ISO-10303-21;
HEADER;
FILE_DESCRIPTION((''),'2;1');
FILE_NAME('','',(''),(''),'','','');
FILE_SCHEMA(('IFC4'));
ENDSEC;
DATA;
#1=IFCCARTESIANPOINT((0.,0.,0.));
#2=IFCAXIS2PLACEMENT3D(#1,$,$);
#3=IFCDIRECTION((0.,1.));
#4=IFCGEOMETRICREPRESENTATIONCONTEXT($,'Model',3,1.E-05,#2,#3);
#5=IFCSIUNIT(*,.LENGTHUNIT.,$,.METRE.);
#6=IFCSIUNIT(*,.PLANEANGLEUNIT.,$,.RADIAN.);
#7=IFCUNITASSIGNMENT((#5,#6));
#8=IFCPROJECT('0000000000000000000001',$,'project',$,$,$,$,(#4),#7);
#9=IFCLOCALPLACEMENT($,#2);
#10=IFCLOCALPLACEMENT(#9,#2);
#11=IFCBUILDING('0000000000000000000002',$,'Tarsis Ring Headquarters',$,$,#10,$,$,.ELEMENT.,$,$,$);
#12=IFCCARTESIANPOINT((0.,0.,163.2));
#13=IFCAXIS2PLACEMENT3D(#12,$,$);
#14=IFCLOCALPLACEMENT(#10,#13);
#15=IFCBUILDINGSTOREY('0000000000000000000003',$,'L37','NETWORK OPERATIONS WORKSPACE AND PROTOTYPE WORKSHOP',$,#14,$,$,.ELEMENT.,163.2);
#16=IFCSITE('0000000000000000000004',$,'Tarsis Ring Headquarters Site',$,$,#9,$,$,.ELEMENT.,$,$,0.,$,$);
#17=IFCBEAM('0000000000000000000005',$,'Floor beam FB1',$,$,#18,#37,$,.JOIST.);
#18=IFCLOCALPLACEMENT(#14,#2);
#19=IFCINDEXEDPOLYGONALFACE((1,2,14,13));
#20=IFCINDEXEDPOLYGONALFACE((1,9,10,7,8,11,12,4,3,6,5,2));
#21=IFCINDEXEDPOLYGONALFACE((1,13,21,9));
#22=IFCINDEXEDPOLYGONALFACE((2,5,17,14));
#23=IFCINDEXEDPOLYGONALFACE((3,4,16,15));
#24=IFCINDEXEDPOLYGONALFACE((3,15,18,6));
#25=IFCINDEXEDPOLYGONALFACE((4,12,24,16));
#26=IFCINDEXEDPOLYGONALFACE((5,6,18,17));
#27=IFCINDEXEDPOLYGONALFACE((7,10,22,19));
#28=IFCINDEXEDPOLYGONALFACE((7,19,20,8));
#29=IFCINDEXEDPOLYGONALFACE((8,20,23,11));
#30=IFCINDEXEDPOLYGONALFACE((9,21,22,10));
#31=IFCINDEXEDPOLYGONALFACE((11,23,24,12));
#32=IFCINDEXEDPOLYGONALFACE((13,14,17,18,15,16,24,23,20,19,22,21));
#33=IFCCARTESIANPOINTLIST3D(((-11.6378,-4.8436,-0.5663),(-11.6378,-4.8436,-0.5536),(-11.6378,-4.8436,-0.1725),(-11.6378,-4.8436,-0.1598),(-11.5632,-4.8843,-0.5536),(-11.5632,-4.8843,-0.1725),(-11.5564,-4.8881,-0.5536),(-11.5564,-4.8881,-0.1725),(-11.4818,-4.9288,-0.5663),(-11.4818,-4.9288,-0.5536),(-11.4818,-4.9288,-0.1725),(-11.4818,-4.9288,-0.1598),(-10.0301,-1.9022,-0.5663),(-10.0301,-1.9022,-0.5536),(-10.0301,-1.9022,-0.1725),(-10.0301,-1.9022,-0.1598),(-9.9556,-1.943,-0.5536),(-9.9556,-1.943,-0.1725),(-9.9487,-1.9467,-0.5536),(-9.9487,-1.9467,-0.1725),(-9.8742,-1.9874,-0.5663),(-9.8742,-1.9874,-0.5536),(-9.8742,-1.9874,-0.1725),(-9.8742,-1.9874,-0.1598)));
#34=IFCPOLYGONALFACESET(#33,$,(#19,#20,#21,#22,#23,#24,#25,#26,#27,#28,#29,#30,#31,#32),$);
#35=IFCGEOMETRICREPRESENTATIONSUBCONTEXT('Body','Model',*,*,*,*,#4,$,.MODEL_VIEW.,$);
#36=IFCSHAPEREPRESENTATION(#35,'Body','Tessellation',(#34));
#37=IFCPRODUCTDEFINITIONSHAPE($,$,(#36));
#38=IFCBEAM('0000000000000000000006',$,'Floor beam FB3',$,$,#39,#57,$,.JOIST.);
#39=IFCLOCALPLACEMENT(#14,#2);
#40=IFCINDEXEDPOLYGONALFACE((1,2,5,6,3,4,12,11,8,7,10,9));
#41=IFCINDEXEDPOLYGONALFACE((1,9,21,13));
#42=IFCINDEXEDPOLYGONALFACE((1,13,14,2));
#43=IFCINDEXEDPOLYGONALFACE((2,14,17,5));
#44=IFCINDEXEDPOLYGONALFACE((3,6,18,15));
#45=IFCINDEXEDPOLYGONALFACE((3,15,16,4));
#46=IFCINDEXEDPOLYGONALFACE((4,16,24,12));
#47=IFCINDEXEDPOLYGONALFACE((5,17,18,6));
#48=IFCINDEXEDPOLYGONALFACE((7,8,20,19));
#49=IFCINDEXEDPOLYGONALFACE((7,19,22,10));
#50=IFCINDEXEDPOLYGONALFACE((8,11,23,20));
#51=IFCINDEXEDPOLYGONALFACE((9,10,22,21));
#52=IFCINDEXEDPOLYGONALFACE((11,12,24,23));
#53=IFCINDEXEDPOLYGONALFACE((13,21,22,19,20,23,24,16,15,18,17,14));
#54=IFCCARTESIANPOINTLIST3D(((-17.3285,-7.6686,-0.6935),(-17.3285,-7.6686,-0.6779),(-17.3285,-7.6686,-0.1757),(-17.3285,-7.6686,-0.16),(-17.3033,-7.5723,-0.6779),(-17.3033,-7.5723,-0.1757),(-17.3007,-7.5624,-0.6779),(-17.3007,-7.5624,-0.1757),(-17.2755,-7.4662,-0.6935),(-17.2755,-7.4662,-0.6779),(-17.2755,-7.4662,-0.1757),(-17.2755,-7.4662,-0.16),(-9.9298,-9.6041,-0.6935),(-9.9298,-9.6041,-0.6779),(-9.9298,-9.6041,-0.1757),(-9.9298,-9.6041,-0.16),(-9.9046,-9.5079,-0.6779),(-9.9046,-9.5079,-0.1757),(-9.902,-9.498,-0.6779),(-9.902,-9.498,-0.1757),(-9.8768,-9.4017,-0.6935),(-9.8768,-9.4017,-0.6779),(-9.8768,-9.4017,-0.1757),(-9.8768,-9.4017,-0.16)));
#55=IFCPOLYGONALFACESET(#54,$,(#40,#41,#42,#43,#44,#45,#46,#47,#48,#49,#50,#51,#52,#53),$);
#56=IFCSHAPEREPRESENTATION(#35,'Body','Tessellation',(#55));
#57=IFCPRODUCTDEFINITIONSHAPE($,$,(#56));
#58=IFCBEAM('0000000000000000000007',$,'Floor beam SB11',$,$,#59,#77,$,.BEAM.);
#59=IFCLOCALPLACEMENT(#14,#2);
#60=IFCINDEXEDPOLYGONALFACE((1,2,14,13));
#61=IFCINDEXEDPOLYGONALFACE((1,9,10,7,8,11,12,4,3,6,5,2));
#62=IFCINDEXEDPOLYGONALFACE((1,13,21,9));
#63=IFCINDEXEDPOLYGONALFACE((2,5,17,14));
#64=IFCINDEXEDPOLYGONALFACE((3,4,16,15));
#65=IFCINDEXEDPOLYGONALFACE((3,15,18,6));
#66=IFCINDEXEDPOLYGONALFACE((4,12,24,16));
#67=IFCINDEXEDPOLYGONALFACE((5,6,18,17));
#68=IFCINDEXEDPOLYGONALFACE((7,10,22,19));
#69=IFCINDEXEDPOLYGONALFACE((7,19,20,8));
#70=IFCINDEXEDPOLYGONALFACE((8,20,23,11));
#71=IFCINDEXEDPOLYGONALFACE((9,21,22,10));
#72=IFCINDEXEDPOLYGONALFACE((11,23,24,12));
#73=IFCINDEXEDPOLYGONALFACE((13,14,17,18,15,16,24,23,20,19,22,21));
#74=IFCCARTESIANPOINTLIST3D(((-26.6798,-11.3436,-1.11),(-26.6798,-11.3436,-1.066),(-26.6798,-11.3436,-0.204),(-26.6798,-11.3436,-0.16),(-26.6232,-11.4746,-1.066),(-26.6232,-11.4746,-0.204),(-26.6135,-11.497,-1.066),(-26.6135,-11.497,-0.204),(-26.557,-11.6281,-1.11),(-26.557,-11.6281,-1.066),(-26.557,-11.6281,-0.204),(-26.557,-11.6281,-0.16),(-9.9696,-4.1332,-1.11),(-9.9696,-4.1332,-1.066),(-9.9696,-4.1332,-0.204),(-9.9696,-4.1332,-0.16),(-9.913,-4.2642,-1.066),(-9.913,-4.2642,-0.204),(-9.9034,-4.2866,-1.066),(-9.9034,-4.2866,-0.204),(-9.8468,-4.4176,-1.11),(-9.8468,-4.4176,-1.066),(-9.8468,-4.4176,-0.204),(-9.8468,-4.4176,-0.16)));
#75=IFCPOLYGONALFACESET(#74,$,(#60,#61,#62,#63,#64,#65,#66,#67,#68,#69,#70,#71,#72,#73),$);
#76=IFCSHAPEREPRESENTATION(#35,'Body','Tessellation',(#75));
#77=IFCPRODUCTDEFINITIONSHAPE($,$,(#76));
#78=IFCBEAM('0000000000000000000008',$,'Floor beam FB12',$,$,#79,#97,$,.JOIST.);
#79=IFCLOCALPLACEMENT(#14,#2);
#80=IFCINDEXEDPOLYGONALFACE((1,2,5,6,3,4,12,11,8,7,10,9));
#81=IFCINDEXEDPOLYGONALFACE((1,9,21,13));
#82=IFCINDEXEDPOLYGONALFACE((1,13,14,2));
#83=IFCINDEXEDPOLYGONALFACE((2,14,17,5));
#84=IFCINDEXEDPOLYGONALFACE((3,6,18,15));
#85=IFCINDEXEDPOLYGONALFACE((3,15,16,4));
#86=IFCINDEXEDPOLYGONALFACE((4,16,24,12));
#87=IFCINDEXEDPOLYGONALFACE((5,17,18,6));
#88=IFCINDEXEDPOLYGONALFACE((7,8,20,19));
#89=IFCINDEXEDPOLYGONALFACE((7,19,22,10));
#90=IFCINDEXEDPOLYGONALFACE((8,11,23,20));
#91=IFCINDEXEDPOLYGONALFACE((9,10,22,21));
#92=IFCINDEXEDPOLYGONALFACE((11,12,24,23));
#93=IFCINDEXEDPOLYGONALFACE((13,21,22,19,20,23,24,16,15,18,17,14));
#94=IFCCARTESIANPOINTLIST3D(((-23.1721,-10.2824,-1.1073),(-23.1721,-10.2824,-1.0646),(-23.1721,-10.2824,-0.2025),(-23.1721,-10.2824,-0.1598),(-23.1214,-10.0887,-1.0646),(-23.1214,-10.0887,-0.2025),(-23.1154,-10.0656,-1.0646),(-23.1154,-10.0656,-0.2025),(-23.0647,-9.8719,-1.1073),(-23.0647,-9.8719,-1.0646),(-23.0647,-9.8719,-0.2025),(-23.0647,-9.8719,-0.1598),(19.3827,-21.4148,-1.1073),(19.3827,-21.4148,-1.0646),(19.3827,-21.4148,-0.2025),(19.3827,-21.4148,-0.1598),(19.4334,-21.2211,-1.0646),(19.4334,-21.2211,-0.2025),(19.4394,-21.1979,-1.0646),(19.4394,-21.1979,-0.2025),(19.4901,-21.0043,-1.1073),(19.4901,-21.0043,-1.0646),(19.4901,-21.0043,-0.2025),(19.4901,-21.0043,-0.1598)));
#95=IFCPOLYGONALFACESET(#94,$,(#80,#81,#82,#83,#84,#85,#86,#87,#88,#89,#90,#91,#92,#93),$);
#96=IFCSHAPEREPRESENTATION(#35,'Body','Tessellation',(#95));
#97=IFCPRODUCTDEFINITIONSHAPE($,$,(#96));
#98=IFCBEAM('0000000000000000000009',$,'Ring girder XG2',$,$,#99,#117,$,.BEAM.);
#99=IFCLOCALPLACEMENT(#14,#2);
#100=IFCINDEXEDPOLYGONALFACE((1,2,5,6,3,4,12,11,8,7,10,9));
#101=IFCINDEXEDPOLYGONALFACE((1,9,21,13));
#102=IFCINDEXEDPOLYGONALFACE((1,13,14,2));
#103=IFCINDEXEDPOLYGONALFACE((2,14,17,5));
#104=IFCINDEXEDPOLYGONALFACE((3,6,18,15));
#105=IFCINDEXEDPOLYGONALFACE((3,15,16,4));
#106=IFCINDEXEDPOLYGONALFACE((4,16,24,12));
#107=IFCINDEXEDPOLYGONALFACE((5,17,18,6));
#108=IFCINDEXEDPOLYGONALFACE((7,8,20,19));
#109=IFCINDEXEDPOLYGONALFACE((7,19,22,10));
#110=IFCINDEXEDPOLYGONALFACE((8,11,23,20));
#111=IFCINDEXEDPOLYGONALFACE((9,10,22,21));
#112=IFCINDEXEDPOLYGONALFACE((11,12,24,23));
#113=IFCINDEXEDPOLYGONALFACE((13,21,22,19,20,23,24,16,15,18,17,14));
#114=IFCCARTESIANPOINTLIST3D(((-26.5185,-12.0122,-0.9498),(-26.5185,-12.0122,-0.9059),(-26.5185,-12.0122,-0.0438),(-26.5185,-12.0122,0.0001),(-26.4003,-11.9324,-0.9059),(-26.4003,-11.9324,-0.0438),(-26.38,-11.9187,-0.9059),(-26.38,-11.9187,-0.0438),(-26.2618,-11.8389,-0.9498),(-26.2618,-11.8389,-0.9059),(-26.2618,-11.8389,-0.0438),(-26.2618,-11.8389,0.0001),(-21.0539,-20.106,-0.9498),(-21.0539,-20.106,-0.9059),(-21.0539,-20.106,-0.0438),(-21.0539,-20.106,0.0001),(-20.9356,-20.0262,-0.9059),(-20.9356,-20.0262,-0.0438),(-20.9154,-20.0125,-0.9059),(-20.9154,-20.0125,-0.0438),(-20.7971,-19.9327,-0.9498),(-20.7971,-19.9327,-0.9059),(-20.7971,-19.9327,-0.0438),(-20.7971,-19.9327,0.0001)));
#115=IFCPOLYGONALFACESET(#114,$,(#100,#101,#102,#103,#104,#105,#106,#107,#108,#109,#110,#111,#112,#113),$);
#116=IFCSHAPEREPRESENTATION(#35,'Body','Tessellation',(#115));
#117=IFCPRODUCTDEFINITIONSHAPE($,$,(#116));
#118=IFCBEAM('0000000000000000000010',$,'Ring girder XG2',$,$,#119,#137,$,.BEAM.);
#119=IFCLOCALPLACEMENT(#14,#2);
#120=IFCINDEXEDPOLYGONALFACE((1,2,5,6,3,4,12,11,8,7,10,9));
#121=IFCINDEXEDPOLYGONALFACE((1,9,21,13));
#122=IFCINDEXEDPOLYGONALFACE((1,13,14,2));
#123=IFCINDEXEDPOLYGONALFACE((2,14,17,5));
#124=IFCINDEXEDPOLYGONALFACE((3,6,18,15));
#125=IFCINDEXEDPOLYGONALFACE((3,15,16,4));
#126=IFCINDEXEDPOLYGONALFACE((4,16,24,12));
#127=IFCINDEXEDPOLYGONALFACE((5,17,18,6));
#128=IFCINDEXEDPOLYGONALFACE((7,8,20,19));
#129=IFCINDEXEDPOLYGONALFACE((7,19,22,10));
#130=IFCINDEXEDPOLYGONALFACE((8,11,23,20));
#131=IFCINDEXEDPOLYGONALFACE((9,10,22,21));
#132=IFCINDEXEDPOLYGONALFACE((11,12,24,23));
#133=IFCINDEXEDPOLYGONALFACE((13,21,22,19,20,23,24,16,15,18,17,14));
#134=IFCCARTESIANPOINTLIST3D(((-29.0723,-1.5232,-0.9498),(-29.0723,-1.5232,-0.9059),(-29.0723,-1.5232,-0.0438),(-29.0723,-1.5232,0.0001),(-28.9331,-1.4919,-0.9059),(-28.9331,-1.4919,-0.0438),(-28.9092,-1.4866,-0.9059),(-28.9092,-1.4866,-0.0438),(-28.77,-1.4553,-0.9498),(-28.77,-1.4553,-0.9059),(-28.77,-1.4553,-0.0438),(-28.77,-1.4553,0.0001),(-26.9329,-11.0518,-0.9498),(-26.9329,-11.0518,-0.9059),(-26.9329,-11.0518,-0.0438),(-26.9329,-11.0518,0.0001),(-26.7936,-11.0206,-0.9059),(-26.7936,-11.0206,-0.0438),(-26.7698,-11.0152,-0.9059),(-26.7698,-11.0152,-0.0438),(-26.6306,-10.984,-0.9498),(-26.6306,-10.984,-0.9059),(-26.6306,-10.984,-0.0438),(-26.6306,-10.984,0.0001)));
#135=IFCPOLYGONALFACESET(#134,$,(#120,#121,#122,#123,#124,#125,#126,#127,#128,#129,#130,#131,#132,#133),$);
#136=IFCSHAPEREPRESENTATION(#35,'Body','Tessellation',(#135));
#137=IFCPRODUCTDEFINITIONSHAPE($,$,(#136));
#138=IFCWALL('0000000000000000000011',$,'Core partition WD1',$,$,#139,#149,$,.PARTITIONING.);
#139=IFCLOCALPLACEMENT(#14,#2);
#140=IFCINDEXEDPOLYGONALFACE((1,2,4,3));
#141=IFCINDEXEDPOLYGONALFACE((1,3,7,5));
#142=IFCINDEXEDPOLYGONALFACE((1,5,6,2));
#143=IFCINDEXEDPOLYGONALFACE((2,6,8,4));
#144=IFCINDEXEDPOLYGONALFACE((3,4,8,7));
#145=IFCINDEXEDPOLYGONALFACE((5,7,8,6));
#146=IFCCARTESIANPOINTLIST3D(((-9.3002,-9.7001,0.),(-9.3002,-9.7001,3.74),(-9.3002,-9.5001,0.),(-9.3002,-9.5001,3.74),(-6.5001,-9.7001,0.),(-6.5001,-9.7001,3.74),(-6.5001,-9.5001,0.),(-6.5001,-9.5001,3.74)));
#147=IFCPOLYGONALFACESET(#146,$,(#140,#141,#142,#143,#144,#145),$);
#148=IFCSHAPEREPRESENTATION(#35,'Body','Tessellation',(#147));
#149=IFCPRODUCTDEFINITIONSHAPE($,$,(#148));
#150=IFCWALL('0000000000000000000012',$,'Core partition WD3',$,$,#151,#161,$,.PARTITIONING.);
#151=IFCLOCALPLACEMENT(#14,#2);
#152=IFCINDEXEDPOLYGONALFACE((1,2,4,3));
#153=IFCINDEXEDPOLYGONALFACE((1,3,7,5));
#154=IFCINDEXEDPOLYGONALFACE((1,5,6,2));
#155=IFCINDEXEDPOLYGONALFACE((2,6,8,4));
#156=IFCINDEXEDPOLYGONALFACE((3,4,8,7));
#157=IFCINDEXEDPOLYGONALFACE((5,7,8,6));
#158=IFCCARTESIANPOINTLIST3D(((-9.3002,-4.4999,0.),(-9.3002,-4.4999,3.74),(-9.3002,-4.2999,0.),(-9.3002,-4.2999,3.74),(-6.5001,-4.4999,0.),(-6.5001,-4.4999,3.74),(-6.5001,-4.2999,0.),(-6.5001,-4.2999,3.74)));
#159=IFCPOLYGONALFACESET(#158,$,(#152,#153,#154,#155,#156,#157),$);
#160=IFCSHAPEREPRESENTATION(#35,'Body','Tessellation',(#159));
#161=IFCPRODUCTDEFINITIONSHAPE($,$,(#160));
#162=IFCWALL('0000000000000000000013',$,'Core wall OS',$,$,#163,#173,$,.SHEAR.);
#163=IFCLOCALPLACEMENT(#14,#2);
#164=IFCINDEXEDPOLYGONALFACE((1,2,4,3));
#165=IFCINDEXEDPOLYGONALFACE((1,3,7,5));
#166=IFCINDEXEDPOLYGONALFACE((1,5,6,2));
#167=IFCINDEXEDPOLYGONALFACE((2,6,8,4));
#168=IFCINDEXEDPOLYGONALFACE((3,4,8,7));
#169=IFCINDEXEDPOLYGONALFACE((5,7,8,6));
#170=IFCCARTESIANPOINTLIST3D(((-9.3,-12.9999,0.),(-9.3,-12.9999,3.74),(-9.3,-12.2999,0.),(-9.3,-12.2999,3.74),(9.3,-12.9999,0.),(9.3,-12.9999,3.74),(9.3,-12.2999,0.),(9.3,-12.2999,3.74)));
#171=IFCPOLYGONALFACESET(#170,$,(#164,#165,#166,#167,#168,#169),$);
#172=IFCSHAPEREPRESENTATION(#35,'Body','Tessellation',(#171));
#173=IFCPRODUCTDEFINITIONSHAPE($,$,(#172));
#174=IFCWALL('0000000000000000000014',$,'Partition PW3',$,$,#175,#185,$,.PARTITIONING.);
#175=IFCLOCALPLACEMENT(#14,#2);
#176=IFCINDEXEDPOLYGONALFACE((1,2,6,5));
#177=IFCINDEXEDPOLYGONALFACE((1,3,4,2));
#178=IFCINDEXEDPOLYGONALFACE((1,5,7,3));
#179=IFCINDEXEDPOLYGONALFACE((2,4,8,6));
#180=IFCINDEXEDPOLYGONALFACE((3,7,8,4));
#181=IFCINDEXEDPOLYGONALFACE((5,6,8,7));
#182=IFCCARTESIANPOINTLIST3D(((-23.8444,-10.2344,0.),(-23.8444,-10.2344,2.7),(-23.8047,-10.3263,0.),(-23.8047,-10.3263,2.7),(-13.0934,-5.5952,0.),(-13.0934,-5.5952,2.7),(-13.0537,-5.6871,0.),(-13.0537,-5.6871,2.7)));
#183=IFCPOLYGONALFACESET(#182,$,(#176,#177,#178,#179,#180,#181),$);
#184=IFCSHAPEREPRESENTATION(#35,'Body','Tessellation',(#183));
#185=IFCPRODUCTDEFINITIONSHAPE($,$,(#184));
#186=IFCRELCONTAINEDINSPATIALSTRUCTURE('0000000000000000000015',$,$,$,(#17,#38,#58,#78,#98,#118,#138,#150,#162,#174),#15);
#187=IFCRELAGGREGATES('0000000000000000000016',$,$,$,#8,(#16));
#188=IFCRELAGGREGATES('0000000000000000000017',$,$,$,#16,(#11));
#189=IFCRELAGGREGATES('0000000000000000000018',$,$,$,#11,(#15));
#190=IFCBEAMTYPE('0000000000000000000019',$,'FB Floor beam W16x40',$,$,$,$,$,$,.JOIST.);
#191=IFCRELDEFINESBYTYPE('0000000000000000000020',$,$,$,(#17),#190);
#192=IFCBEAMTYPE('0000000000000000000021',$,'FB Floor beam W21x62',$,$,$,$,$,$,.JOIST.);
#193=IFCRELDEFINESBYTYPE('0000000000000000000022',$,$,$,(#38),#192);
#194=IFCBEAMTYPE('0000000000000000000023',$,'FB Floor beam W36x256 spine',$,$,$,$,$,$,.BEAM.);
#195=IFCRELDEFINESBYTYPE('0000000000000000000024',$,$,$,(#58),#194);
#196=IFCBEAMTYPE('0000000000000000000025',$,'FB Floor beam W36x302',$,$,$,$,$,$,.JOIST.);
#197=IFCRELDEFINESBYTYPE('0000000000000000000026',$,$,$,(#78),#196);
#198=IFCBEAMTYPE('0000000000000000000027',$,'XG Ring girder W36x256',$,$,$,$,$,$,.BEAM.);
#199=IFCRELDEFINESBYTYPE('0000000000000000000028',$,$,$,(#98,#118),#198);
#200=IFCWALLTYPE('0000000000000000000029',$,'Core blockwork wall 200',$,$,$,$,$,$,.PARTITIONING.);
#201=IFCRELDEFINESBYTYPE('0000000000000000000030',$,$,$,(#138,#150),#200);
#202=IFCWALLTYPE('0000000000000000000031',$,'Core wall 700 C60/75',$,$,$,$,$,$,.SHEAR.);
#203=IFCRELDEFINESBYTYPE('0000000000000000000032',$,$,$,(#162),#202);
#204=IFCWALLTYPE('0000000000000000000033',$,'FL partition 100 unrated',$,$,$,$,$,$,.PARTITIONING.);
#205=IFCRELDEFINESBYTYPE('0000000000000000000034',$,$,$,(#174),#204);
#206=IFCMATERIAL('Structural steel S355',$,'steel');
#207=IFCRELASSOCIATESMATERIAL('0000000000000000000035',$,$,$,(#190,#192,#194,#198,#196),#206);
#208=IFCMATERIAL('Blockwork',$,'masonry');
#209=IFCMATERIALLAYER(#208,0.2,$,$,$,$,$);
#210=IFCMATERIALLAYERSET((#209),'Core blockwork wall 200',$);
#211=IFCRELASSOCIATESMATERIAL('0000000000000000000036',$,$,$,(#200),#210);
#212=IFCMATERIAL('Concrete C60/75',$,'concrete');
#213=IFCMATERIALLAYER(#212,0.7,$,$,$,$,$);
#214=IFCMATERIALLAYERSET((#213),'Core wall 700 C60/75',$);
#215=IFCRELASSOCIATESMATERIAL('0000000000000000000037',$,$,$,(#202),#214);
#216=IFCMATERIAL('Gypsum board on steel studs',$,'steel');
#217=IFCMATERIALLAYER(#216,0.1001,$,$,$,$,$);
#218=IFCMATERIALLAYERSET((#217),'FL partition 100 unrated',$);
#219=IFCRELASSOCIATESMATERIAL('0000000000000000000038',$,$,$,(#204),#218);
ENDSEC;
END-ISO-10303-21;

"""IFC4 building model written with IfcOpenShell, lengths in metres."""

from ifc_helpers import new_model, si_unit, direction, frame, frame_2d, origin, origin_2d, place, context, subcontext, project, spatial, rectangle, i_section, extrude, material, layer, layer_set, material_profile, profile_set, type_object, element, save


model = new_model("IFC4")

# Units and contexts
model_context = context("Model", 3, precision=1e-05, world=origin(), true_north=direction((0.0, 1.0)))
body_context = subcontext(model_context, "Body", "Model", "MODEL_VIEW")
ifc_project = project(units=[si_unit("LENGTHUNIT", "METRE"), si_unit("PLANEANGLEUNIT", "RADIAN")], contexts=[model_context])

# Site, building, storey
site_placement = place(None, origin())
site = spatial("IfcSite", under=ifc_project, at=site_placement, Name="Tarsis Ring Headquarters Site", CompositionType="ELEMENT", RefElevation=0.0)
building_placement = place(site_placement, origin())
building = spatial("IfcBuilding", under=site, at=building_placement, Name="Tarsis Ring Headquarters", CompositionType="ELEMENT")
storey_placement = place(building_placement, frame((0.0, 0.0, 163.2)))
storey = spatial("IfcBuildingStorey", under=building, at=storey_placement, Name="L37", Description="NETWORK OPERATIONS WORKSPACE AND PROTOTYPE WORKSHOP", CompositionType="ELEMENT", Elevation=163.2)

# Shared definitions
ifc_material_1 = material(Name="Structural steel S355", Category="steel")

# Beams
ifc_material_profile_1 = material_profile(ifc_material_1, i_section(OverallWidth=0.1777, OverallDepth=0.4065, WebThickness=0.0078, FlangeThickness=0.0127, at=origin_2d()), Name="W16x40")
ifc_profile_set_1 = profile_set([ifc_material_profile_1], Name="Structural steel S355")
beam_type_1 = type_object("IfcBeamType", Name="FB Floor beam W16x40", PredefinedType="JOIST", material=ifc_profile_set_1)
beam_1_placement = place(storey_placement, frame((-9.9521, -1.9448, -0.363), z_axis=(-0.479602, -0.877486, 0.0), x_axis=(0.877486, -0.479602, 0.0)))
element("IfcBeam", 1, at=beam_1_placement, inside=storey, type_object=beam_type_1, Name="Floor beam FB1", PredefinedType="JOIST", context=body_context, shape_type="SweptSolid", body=[
    extrude(i_section(OverallWidth=0.1777, OverallDepth=0.4065, WebThickness=0.0078, FlangeThickness=0.0127, at=origin_2d()), origin(), (0.0, 0.0, 1.0), 3.3521),
])
ifc_material_profile_2 = material_profile(ifc_material_1, i_section(OverallWidth=0.2092, OverallDepth=0.5334, WebThickness=0.0103, FlangeThickness=0.0156, at=origin_2d()), Name="W21x62")
ifc_profile_set_2 = profile_set([ifc_material_profile_2], Name="Structural steel S355")
beam_type_2 = type_object("IfcBeamType", Name="FB Floor beam W21x62", PredefinedType="JOIST", material=ifc_profile_set_2)
beam_2_placement = place(storey_placement, frame((-17.302, -7.5674, -0.4268), z_axis=(0.967443, -0.25309, 0.0), x_axis=(0.25309, 0.967443, 0.0)))
element("IfcBeam", 2, at=beam_2_placement, inside=storey, type_object=beam_type_2, Name="Floor beam FB3", PredefinedType="JOIST", context=body_context, shape_type="SweptSolid", body=[
    extrude(i_section(OverallWidth=0.2092, OverallDepth=0.5334, WebThickness=0.0103, FlangeThickness=0.0156, at=origin_2d()), origin(), (0.0, 0.0, 1.0), 7.6477),
])
ifc_material_profile_3 = material_profile(ifc_material_1, i_section(OverallWidth=0.3098, OverallDepth=0.95, WebThickness=0.0244, FlangeThickness=0.0439, at=origin_2d()), Name="W36x256")
ifc_profile_set_3 = profile_set([ifc_material_profile_3], Name="Structural steel S355")
beam_type_3 = type_object("IfcBeamType", Name="FB Floor beam W36x256 spine", PredefinedType="BEAM", material=ifc_profile_set_3)
beam_3_placement = place(storey_placement, frame((-9.9082, -4.2754, -0.635), z_axis=(-0.918169, -0.39619, 0.0), x_axis=(0.39619, -0.918169, 0.0)))
element("IfcBeam", 3, at=beam_3_placement, inside=storey, type_object=beam_type_3, Name="Floor beam SB11", PredefinedType="BEAM", context=body_context, shape_type="SweptSolid", body=[
    extrude(i_section(OverallWidth=0.3098, OverallDepth=0.95, WebThickness=0.0244, FlangeThickness=0.0439, at=origin_2d()), origin(), (0.0, 0.0, 1.0), 18.1995),
])
ifc_material_profile_4 = material_profile(ifc_material_1, i_section(OverallWidth=0.4243, OverallDepth=0.9475, WebThickness=0.0239, FlangeThickness=0.0427, at=origin_2d()), Name="W36x302")
ifc_profile_set_4 = profile_set([ifc_material_profile_4], Name="Structural steel S355")
beam_type_4 = type_object("IfcBeamType", Name="FB Floor beam W36x302", PredefinedType="JOIST", material=ifc_profile_set_4)
beam_4_placement = place(storey_placement, frame((-23.1184, -10.0771, -0.6335), z_axis=(0.967444, -0.253084, 0.0), x_axis=(0.253084, 0.967444, 0.0)))
element("IfcBeam", 4, at=beam_4_placement, inside=storey, type_object=beam_type_4, Name="Floor beam FB12", PredefinedType="JOIST", context=body_context, shape_type="SweptSolid", body=[
    extrude(i_section(OverallWidth=0.4243, OverallDepth=0.9475, WebThickness=0.0239, FlangeThickness=0.0427, at=origin_2d()), origin(), (0.0, 0.0, 1.0), 43.9868),
])
beam_type_5 = type_object("IfcBeamType", Name="XG Ring girder W36x256", PredefinedType="BEAM", material=ifc_profile_set_3)
for number, where, z_axis, x_axis, name in (
    (5, (-26.3901, -11.9255, -0.4749), (0.559566, -0.828786, 0.0), (0.828786, 0.559566, 0.0), "Ring girder XG2"),
    (6, (-28.9211, -1.4893, -0.4749), (0.219071, -0.975709, 0.0), (0.975709, 0.219071, 0.0), "Ring girder XG2"),
):
    element("IfcBeam", number, at=place(storey_placement, frame(where, z_axis=z_axis, x_axis=x_axis)), inside=storey, type_object=beam_type_5, Name=name, PredefinedType="BEAM", context=body_context, shape_type="SweptSolid", body=[
        extrude(i_section(OverallWidth=0.3098, OverallDepth=0.95, WebThickness=0.0244, FlangeThickness=0.0439, at=origin_2d()), origin(), (0.0, 0.0, 1.0), 9.7659),
    ])

# Walls
ifc_material_2 = material(Name="Blockwork", Category="masonry")
ifc_layer_1 = layer(ifc_material_2, 0.2)
ifc_layer_set_1 = layer_set([ifc_layer_1], Name="Core blockwork wall 200")
wall_type_1 = type_object("IfcWallType", Name="Core blockwork wall 200", PredefinedType="PARTITIONING", material=ifc_layer_set_1)
for number, where, z_axis, x_axis, name in (
    (7, (-9.3, -9.6001, 0.0), (0.0, 0.0, 1.0), (1.0, 0.0, 0.0), "Core partition WD1"),
    (8, (-9.3, -4.3999, 0.0), (0.0, 0.0, 1.0), (1.0, 0.0, 0.0), "Core partition WD3"),
):
    element("IfcWall", number, at=place(storey_placement, frame(where, z_axis=z_axis, x_axis=x_axis)), inside=storey, type_object=wall_type_1, Name=name, PredefinedType="PARTITIONING", context=body_context, shape_type="SweptSolid", body=[
        extrude(rectangle(XDim=2.8, YDim=0.2, at=frame_2d((1.3999, 0.0))), origin(), (0.0, 0.0, 1.0), 3.74),
    ])
ifc_material_3 = material(Name="Concrete C60/75", Category="concrete")
ifc_layer_2 = layer(ifc_material_3, 0.7)
ifc_layer_set_2 = layer_set([ifc_layer_2], Name="Core wall 700 C60/75")
wall_type_2 = type_object("IfcWallType", Name="Core wall 700 C60/75", PredefinedType="SHEAR", material=ifc_layer_set_2)
wall_1_placement = place(storey_placement, frame((-9.3, -12.6499, 0.0), z_axis=(0.0, 0.0, 1.0), x_axis=(1.0, 0.0, 0.0)))
element("IfcWall", 9, at=wall_1_placement, inside=storey, type_object=wall_type_2, Name="Core wall OS", PredefinedType="SHEAR", context=body_context, shape_type="SweptSolid", body=[
    extrude(rectangle(XDim=18.6001, YDim=0.7, at=frame_2d((9.3, 0.0))), origin(), (0.0, 0.0, 1.0), 3.74),
])
ifc_material_4 = material(Name="Gypsum board on steel studs", Category="steel")
ifc_layer_3 = layer(ifc_material_4, 0.1001)
ifc_layer_set_3 = layer_set([ifc_layer_3], Name="FL partition 100 unrated")
wall_type_3 = type_object("IfcWallType", Name="FL partition 100 unrated", PredefinedType="PARTITIONING", material=ifc_layer_set_3)
wall_2_placement = place(storey_placement, frame((-23.8245, -10.2803, 0.0), z_axis=(0.0, 0.0, 1.0), x_axis=(0.918165, 0.396198, 0.0)))
element("IfcWall", 10, at=wall_2_placement, inside=storey, type_object=wall_type_3, Name="Partition PW3", PredefinedType="PARTITIONING", context=body_context, shape_type="SweptSolid", body=[
    extrude(rectangle(XDim=11.7092, YDim=0.1001, at=frame_2d((5.8545, 0.0))), origin(), (0.0, 0.0, 1.0), 2.7),
])

save(model, "model.ifc")
